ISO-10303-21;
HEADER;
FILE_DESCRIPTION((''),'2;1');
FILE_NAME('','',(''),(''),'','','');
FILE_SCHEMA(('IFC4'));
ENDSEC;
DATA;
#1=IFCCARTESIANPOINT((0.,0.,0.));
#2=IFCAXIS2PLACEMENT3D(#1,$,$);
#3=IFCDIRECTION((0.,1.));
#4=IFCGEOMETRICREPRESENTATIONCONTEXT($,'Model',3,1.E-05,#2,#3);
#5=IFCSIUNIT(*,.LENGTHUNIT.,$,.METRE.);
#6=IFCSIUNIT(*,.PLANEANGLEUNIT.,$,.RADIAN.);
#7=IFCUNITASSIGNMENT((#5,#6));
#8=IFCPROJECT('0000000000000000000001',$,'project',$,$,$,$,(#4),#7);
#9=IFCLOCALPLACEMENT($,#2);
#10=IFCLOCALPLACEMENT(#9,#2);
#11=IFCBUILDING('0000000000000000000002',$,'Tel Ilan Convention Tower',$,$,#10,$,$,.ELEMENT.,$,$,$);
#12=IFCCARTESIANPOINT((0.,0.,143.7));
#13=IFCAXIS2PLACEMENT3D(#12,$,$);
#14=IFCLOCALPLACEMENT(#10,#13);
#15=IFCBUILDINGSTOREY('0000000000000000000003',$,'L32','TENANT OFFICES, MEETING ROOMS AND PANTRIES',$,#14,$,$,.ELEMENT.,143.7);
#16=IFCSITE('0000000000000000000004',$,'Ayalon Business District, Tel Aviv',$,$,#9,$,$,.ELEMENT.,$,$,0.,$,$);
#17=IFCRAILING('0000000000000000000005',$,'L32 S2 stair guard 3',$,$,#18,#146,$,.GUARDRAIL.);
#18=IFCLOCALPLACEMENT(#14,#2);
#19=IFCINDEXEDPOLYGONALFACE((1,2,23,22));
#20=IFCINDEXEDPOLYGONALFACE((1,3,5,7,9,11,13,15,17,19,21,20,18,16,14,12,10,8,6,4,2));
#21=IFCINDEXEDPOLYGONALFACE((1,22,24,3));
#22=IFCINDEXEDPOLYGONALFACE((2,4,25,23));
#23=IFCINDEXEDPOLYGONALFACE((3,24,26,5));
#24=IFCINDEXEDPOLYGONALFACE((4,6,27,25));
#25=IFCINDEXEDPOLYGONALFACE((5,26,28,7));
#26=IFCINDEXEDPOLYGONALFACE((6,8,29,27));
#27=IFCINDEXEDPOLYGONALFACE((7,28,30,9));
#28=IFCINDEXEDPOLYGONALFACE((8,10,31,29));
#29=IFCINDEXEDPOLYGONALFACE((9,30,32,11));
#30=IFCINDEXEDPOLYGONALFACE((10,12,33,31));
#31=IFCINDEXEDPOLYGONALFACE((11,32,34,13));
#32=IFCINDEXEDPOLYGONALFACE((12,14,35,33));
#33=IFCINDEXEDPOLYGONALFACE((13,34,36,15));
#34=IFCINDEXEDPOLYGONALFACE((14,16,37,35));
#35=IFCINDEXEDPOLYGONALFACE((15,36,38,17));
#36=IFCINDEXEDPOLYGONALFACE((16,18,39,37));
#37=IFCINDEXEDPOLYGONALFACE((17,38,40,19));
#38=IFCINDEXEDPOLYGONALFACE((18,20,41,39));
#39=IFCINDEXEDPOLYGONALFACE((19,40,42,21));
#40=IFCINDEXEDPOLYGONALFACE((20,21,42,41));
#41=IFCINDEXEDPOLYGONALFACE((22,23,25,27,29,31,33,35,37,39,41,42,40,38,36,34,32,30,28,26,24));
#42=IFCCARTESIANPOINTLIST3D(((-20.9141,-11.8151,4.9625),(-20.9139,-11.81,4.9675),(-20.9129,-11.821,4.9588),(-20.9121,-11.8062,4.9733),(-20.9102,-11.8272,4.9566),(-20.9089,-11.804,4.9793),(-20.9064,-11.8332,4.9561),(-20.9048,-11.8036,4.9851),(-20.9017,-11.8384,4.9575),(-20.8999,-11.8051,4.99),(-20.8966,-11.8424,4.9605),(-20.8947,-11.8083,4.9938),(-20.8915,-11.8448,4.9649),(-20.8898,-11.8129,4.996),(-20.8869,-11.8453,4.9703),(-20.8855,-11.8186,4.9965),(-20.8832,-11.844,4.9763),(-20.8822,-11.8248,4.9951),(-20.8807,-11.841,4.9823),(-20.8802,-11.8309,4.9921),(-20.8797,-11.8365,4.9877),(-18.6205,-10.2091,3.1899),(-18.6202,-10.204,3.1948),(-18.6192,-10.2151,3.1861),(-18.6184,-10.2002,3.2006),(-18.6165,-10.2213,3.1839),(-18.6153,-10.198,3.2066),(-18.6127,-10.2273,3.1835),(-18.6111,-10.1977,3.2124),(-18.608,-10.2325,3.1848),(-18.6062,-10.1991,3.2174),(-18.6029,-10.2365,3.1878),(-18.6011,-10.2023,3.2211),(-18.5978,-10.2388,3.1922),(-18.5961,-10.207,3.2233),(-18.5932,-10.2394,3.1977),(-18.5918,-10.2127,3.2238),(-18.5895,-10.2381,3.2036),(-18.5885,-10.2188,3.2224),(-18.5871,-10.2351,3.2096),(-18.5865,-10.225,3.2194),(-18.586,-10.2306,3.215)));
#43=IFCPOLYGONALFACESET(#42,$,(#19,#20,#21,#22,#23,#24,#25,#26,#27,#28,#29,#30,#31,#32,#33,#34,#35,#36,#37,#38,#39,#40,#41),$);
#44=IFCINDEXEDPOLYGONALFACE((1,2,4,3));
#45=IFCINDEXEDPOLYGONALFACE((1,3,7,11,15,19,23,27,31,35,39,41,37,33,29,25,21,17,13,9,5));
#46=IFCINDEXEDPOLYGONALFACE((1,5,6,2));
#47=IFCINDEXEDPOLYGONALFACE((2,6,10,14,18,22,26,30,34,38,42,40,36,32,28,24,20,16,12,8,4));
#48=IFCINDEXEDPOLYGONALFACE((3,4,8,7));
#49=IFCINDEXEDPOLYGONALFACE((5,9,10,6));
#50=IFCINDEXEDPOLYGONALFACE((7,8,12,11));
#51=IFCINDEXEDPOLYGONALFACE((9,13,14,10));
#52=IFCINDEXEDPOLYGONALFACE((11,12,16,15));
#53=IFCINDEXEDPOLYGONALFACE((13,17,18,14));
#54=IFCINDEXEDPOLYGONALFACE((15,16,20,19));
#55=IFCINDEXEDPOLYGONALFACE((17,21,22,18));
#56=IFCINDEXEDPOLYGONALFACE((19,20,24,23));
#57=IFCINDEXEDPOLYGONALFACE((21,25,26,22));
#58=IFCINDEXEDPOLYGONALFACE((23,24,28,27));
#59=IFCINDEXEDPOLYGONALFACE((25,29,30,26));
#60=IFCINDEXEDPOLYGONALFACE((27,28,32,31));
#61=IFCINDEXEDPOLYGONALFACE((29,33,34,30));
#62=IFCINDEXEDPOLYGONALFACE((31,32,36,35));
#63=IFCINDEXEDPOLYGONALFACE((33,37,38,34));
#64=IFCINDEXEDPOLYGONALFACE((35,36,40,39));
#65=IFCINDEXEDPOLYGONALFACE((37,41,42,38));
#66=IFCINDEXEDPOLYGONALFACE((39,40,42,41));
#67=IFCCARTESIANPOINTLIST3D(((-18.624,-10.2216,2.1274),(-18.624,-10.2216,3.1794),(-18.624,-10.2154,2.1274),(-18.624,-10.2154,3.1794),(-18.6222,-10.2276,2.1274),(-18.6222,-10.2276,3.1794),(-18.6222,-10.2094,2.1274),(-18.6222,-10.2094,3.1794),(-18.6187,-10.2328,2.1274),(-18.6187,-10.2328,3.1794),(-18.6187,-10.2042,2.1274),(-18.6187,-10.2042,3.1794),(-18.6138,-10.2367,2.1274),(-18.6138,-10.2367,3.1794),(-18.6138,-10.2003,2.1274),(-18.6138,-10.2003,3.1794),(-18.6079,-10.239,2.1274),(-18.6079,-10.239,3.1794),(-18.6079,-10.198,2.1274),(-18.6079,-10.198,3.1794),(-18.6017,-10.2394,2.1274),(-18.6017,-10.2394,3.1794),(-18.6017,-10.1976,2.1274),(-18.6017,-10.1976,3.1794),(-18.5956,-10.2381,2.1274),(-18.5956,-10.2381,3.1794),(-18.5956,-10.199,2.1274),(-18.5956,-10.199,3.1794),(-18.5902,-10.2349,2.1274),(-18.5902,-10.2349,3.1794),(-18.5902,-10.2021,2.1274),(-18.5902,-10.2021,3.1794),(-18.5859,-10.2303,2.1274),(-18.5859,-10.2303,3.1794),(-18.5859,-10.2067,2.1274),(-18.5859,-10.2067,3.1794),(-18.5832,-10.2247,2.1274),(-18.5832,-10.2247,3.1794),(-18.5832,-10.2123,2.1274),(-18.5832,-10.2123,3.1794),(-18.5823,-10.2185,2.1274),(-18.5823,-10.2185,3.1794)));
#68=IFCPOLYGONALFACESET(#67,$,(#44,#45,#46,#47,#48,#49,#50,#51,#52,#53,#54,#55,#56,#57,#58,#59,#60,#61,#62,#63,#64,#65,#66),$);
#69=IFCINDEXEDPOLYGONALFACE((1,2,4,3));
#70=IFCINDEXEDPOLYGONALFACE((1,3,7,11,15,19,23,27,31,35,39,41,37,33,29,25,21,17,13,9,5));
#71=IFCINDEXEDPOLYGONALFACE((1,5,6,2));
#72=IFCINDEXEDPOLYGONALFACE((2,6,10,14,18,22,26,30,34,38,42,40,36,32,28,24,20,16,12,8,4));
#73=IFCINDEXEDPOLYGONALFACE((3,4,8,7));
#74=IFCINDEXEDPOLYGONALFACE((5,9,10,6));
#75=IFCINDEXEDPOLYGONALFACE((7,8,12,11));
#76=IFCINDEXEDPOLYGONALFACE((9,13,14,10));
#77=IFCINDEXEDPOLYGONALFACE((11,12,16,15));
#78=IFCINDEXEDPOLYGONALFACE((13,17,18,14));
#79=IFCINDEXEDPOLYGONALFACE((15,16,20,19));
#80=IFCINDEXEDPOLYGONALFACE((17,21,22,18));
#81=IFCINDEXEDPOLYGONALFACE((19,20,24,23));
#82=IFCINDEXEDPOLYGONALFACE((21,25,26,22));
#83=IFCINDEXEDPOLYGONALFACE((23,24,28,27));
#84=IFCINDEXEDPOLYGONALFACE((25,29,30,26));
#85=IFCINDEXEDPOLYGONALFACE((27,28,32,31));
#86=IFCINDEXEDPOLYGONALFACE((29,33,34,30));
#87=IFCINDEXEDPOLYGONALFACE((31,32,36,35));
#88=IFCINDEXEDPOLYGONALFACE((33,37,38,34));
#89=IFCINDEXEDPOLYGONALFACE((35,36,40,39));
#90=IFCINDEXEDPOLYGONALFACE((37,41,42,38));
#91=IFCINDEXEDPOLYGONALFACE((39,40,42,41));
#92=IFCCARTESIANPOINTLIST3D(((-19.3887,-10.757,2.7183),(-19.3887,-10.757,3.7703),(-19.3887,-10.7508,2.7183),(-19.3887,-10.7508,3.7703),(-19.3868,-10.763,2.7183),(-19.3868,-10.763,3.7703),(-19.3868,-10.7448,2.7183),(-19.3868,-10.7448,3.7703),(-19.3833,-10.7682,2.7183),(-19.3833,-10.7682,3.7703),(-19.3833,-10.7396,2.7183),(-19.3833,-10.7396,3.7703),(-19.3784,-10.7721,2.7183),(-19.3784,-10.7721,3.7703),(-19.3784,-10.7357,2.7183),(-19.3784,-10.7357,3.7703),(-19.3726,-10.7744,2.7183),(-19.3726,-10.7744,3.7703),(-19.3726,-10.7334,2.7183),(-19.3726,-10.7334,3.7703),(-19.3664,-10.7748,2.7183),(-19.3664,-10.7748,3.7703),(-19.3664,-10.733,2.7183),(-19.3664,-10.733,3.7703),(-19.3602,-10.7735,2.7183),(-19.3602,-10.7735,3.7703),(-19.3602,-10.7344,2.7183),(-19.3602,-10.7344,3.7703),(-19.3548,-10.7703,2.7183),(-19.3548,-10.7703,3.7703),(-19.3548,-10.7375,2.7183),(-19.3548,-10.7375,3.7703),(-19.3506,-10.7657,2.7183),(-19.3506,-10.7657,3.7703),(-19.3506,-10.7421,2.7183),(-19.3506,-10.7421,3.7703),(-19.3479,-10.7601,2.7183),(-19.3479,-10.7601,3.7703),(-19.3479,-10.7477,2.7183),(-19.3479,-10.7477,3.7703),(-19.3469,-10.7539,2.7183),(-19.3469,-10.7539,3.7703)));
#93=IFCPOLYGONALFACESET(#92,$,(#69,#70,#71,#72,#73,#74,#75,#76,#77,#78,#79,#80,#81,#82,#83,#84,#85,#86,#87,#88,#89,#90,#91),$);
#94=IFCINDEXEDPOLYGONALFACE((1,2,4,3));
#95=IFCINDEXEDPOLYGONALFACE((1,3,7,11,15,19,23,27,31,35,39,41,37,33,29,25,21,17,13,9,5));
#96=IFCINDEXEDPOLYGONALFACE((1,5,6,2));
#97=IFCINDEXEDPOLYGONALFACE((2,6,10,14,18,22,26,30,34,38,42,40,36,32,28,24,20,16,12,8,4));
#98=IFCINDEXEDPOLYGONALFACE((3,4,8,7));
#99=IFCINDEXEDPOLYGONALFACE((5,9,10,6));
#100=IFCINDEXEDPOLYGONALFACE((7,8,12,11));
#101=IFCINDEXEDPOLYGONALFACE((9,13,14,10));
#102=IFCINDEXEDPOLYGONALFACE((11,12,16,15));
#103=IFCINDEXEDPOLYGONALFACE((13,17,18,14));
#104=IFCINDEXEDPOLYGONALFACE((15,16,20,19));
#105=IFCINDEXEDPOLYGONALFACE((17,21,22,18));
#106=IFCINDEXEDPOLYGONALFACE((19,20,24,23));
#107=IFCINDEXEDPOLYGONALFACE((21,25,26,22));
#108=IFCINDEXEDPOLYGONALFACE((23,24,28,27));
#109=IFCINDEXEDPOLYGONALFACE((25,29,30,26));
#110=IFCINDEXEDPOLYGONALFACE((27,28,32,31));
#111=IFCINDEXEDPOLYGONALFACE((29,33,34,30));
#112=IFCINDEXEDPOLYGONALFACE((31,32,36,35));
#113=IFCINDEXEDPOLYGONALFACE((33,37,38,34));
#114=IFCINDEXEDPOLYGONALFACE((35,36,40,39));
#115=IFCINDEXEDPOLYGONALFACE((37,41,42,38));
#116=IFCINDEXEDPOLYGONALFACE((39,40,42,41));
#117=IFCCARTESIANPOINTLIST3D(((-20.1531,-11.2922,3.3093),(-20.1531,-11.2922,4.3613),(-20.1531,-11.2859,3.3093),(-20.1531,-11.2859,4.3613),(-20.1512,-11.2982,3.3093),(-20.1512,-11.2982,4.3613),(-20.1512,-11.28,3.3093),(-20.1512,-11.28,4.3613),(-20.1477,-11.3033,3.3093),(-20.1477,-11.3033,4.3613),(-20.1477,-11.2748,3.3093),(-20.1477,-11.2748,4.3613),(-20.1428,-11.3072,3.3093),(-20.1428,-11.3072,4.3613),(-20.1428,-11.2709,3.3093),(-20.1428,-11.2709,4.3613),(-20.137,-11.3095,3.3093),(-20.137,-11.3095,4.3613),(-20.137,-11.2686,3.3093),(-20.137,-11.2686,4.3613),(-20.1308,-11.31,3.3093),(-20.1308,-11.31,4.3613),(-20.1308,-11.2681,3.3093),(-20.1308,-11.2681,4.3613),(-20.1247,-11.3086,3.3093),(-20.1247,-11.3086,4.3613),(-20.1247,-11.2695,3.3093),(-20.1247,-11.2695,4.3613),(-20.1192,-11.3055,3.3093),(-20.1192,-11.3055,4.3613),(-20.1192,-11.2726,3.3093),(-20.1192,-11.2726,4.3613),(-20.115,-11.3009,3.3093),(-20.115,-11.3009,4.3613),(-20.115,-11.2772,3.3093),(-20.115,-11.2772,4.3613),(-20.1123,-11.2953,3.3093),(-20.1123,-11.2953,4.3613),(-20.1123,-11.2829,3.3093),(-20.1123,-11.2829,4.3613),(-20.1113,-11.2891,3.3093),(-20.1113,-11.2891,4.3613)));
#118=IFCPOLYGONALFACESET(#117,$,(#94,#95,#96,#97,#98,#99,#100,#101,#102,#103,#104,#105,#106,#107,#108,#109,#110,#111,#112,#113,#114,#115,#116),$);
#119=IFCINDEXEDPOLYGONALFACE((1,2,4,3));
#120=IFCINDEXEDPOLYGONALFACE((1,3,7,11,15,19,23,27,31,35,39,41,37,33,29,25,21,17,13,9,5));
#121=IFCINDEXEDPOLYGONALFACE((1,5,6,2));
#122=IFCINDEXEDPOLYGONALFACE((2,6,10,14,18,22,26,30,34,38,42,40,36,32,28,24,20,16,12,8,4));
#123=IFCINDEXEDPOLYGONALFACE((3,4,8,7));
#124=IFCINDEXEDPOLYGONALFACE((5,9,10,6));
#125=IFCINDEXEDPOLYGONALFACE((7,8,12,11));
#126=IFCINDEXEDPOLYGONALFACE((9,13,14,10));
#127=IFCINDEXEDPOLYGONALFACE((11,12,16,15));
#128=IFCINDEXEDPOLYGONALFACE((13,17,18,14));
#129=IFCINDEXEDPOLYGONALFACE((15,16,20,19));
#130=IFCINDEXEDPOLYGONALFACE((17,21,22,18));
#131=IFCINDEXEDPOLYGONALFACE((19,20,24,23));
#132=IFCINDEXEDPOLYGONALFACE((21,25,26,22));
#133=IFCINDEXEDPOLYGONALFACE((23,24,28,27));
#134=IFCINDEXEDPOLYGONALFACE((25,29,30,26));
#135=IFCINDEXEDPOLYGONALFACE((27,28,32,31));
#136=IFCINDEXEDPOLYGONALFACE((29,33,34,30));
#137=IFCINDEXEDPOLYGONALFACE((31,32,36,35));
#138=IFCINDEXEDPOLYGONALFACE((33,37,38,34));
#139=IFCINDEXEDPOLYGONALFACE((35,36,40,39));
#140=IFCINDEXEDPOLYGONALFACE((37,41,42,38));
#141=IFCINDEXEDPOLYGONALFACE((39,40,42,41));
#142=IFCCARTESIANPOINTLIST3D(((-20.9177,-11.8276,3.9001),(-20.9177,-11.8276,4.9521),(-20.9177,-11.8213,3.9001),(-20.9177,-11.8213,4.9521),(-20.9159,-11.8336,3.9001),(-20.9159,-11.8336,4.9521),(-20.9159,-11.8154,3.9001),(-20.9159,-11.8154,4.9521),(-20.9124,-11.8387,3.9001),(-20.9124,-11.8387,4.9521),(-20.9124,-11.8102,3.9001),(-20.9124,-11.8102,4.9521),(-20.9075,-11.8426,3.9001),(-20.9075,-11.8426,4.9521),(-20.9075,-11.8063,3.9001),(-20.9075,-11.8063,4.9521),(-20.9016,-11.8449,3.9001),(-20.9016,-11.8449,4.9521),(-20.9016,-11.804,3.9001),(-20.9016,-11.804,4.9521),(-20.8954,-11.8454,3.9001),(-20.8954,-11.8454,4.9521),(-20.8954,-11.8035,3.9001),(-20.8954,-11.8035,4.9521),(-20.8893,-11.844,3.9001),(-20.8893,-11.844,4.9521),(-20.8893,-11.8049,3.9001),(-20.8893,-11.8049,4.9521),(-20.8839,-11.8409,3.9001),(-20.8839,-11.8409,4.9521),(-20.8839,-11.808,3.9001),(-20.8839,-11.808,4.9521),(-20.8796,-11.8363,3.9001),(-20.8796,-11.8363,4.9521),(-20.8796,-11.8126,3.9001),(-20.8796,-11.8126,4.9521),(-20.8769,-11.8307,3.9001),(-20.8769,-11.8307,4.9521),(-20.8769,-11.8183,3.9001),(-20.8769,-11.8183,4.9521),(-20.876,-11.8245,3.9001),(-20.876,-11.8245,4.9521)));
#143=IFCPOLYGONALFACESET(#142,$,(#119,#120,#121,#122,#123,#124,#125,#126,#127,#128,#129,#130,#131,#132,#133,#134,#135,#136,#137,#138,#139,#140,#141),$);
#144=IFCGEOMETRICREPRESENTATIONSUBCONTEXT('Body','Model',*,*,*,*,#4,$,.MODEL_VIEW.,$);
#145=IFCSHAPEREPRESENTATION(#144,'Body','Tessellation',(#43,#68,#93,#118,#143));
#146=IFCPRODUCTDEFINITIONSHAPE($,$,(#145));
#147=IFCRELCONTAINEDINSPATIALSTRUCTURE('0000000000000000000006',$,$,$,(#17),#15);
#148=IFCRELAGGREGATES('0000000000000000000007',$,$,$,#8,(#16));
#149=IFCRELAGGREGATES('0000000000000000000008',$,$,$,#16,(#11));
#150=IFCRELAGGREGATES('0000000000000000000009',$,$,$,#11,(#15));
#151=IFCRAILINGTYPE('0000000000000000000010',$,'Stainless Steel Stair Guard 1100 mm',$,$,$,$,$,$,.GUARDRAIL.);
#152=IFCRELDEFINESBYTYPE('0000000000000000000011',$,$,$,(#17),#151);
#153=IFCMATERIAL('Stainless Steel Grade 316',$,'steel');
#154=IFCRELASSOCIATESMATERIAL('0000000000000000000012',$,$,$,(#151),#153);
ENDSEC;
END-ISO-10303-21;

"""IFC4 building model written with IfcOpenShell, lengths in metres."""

from ifc_helpers import new_model, si_unit, direction, frame, origin, origin_2d, place, context, subcontext, project, spatial, circle, extrude, material, type_object, element, save


model = new_model("IFC4")

# Units and contexts
model_context = context("Model", 3, precision=1e-05, world=origin(), true_north=direction((0.0, 1.0)))
body_context = subcontext(model_context, "Body", "Model", "MODEL_VIEW")
ifc_project = project(units=[si_unit("LENGTHUNIT", "METRE"), si_unit("PLANEANGLEUNIT", "RADIAN")], contexts=[model_context])

# Site, building, storey
site_placement = place(None, origin())
site = spatial("IfcSite", under=ifc_project, at=site_placement, Name="Ayalon Business District, Tel Aviv", CompositionType="ELEMENT", RefElevation=0.0)
building_placement = place(site_placement, origin())
building = spatial("IfcBuilding", under=site, at=building_placement, Name="Tel Ilan Convention Tower", CompositionType="ELEMENT")
storey_placement = place(building_placement, frame((0.0, 0.0, 143.7)))
storey = spatial("IfcBuildingStorey", under=building, at=storey_placement, Name="L32", Description="TENANT OFFICES, MEETING ROOMS AND PANTRIES", CompositionType="ELEMENT", Elevation=143.7)

# Railing
ifc_material_1 = material(Name="Stainless Steel Grade 316", Category="steel")
railing_type_1 = type_object("IfcRailingType", Name="Stainless Steel Stair Guard 1100 mm", PredefinedType="GUARDRAIL", material=ifc_material_1)
railing_1_placement = place(storey_placement, frame((-18.6033, -10.2185, 2.1274)))
element("IfcRailing", 1, at=railing_1_placement, inside=storey, type_object=railing_type_1, Name="L32 S2 stair guard 3", PredefinedType="GUARDRAIL", context=body_context, shape_type="SweptSolid", body=[
    extrude(circle(Radius=0.0239, at=origin_2d()), frame((0.0, 0.0, 1.0762), z_axis=(-0.692123, -0.484597, 0.534913), x_axis=(0.57355, -0.81917, 0.0)), (0.0, 0.0, 1.0), 3.314),
    extrude(circle(Radius=0.021, at=origin_2d()), origin(), (0.0, 0.0, 1.0), 1.052),
    extrude(circle(Radius=0.021, at=origin_2d()), frame((-0.7646, -0.5354, 0.5908)), (0.0, 0.0, 1.0), 1.052),
    extrude(circle(Radius=0.021, at=origin_2d()), frame((-1.5291, -1.0706, 1.1819)), (0.0, 0.0, 1.0), 1.052),
    extrude(circle(Radius=0.021, at=origin_2d()), frame((-2.2937, -1.606, 1.7727)), (0.0, 0.0, 1.0), 1.052),
])

save(model, "model.ifc")
